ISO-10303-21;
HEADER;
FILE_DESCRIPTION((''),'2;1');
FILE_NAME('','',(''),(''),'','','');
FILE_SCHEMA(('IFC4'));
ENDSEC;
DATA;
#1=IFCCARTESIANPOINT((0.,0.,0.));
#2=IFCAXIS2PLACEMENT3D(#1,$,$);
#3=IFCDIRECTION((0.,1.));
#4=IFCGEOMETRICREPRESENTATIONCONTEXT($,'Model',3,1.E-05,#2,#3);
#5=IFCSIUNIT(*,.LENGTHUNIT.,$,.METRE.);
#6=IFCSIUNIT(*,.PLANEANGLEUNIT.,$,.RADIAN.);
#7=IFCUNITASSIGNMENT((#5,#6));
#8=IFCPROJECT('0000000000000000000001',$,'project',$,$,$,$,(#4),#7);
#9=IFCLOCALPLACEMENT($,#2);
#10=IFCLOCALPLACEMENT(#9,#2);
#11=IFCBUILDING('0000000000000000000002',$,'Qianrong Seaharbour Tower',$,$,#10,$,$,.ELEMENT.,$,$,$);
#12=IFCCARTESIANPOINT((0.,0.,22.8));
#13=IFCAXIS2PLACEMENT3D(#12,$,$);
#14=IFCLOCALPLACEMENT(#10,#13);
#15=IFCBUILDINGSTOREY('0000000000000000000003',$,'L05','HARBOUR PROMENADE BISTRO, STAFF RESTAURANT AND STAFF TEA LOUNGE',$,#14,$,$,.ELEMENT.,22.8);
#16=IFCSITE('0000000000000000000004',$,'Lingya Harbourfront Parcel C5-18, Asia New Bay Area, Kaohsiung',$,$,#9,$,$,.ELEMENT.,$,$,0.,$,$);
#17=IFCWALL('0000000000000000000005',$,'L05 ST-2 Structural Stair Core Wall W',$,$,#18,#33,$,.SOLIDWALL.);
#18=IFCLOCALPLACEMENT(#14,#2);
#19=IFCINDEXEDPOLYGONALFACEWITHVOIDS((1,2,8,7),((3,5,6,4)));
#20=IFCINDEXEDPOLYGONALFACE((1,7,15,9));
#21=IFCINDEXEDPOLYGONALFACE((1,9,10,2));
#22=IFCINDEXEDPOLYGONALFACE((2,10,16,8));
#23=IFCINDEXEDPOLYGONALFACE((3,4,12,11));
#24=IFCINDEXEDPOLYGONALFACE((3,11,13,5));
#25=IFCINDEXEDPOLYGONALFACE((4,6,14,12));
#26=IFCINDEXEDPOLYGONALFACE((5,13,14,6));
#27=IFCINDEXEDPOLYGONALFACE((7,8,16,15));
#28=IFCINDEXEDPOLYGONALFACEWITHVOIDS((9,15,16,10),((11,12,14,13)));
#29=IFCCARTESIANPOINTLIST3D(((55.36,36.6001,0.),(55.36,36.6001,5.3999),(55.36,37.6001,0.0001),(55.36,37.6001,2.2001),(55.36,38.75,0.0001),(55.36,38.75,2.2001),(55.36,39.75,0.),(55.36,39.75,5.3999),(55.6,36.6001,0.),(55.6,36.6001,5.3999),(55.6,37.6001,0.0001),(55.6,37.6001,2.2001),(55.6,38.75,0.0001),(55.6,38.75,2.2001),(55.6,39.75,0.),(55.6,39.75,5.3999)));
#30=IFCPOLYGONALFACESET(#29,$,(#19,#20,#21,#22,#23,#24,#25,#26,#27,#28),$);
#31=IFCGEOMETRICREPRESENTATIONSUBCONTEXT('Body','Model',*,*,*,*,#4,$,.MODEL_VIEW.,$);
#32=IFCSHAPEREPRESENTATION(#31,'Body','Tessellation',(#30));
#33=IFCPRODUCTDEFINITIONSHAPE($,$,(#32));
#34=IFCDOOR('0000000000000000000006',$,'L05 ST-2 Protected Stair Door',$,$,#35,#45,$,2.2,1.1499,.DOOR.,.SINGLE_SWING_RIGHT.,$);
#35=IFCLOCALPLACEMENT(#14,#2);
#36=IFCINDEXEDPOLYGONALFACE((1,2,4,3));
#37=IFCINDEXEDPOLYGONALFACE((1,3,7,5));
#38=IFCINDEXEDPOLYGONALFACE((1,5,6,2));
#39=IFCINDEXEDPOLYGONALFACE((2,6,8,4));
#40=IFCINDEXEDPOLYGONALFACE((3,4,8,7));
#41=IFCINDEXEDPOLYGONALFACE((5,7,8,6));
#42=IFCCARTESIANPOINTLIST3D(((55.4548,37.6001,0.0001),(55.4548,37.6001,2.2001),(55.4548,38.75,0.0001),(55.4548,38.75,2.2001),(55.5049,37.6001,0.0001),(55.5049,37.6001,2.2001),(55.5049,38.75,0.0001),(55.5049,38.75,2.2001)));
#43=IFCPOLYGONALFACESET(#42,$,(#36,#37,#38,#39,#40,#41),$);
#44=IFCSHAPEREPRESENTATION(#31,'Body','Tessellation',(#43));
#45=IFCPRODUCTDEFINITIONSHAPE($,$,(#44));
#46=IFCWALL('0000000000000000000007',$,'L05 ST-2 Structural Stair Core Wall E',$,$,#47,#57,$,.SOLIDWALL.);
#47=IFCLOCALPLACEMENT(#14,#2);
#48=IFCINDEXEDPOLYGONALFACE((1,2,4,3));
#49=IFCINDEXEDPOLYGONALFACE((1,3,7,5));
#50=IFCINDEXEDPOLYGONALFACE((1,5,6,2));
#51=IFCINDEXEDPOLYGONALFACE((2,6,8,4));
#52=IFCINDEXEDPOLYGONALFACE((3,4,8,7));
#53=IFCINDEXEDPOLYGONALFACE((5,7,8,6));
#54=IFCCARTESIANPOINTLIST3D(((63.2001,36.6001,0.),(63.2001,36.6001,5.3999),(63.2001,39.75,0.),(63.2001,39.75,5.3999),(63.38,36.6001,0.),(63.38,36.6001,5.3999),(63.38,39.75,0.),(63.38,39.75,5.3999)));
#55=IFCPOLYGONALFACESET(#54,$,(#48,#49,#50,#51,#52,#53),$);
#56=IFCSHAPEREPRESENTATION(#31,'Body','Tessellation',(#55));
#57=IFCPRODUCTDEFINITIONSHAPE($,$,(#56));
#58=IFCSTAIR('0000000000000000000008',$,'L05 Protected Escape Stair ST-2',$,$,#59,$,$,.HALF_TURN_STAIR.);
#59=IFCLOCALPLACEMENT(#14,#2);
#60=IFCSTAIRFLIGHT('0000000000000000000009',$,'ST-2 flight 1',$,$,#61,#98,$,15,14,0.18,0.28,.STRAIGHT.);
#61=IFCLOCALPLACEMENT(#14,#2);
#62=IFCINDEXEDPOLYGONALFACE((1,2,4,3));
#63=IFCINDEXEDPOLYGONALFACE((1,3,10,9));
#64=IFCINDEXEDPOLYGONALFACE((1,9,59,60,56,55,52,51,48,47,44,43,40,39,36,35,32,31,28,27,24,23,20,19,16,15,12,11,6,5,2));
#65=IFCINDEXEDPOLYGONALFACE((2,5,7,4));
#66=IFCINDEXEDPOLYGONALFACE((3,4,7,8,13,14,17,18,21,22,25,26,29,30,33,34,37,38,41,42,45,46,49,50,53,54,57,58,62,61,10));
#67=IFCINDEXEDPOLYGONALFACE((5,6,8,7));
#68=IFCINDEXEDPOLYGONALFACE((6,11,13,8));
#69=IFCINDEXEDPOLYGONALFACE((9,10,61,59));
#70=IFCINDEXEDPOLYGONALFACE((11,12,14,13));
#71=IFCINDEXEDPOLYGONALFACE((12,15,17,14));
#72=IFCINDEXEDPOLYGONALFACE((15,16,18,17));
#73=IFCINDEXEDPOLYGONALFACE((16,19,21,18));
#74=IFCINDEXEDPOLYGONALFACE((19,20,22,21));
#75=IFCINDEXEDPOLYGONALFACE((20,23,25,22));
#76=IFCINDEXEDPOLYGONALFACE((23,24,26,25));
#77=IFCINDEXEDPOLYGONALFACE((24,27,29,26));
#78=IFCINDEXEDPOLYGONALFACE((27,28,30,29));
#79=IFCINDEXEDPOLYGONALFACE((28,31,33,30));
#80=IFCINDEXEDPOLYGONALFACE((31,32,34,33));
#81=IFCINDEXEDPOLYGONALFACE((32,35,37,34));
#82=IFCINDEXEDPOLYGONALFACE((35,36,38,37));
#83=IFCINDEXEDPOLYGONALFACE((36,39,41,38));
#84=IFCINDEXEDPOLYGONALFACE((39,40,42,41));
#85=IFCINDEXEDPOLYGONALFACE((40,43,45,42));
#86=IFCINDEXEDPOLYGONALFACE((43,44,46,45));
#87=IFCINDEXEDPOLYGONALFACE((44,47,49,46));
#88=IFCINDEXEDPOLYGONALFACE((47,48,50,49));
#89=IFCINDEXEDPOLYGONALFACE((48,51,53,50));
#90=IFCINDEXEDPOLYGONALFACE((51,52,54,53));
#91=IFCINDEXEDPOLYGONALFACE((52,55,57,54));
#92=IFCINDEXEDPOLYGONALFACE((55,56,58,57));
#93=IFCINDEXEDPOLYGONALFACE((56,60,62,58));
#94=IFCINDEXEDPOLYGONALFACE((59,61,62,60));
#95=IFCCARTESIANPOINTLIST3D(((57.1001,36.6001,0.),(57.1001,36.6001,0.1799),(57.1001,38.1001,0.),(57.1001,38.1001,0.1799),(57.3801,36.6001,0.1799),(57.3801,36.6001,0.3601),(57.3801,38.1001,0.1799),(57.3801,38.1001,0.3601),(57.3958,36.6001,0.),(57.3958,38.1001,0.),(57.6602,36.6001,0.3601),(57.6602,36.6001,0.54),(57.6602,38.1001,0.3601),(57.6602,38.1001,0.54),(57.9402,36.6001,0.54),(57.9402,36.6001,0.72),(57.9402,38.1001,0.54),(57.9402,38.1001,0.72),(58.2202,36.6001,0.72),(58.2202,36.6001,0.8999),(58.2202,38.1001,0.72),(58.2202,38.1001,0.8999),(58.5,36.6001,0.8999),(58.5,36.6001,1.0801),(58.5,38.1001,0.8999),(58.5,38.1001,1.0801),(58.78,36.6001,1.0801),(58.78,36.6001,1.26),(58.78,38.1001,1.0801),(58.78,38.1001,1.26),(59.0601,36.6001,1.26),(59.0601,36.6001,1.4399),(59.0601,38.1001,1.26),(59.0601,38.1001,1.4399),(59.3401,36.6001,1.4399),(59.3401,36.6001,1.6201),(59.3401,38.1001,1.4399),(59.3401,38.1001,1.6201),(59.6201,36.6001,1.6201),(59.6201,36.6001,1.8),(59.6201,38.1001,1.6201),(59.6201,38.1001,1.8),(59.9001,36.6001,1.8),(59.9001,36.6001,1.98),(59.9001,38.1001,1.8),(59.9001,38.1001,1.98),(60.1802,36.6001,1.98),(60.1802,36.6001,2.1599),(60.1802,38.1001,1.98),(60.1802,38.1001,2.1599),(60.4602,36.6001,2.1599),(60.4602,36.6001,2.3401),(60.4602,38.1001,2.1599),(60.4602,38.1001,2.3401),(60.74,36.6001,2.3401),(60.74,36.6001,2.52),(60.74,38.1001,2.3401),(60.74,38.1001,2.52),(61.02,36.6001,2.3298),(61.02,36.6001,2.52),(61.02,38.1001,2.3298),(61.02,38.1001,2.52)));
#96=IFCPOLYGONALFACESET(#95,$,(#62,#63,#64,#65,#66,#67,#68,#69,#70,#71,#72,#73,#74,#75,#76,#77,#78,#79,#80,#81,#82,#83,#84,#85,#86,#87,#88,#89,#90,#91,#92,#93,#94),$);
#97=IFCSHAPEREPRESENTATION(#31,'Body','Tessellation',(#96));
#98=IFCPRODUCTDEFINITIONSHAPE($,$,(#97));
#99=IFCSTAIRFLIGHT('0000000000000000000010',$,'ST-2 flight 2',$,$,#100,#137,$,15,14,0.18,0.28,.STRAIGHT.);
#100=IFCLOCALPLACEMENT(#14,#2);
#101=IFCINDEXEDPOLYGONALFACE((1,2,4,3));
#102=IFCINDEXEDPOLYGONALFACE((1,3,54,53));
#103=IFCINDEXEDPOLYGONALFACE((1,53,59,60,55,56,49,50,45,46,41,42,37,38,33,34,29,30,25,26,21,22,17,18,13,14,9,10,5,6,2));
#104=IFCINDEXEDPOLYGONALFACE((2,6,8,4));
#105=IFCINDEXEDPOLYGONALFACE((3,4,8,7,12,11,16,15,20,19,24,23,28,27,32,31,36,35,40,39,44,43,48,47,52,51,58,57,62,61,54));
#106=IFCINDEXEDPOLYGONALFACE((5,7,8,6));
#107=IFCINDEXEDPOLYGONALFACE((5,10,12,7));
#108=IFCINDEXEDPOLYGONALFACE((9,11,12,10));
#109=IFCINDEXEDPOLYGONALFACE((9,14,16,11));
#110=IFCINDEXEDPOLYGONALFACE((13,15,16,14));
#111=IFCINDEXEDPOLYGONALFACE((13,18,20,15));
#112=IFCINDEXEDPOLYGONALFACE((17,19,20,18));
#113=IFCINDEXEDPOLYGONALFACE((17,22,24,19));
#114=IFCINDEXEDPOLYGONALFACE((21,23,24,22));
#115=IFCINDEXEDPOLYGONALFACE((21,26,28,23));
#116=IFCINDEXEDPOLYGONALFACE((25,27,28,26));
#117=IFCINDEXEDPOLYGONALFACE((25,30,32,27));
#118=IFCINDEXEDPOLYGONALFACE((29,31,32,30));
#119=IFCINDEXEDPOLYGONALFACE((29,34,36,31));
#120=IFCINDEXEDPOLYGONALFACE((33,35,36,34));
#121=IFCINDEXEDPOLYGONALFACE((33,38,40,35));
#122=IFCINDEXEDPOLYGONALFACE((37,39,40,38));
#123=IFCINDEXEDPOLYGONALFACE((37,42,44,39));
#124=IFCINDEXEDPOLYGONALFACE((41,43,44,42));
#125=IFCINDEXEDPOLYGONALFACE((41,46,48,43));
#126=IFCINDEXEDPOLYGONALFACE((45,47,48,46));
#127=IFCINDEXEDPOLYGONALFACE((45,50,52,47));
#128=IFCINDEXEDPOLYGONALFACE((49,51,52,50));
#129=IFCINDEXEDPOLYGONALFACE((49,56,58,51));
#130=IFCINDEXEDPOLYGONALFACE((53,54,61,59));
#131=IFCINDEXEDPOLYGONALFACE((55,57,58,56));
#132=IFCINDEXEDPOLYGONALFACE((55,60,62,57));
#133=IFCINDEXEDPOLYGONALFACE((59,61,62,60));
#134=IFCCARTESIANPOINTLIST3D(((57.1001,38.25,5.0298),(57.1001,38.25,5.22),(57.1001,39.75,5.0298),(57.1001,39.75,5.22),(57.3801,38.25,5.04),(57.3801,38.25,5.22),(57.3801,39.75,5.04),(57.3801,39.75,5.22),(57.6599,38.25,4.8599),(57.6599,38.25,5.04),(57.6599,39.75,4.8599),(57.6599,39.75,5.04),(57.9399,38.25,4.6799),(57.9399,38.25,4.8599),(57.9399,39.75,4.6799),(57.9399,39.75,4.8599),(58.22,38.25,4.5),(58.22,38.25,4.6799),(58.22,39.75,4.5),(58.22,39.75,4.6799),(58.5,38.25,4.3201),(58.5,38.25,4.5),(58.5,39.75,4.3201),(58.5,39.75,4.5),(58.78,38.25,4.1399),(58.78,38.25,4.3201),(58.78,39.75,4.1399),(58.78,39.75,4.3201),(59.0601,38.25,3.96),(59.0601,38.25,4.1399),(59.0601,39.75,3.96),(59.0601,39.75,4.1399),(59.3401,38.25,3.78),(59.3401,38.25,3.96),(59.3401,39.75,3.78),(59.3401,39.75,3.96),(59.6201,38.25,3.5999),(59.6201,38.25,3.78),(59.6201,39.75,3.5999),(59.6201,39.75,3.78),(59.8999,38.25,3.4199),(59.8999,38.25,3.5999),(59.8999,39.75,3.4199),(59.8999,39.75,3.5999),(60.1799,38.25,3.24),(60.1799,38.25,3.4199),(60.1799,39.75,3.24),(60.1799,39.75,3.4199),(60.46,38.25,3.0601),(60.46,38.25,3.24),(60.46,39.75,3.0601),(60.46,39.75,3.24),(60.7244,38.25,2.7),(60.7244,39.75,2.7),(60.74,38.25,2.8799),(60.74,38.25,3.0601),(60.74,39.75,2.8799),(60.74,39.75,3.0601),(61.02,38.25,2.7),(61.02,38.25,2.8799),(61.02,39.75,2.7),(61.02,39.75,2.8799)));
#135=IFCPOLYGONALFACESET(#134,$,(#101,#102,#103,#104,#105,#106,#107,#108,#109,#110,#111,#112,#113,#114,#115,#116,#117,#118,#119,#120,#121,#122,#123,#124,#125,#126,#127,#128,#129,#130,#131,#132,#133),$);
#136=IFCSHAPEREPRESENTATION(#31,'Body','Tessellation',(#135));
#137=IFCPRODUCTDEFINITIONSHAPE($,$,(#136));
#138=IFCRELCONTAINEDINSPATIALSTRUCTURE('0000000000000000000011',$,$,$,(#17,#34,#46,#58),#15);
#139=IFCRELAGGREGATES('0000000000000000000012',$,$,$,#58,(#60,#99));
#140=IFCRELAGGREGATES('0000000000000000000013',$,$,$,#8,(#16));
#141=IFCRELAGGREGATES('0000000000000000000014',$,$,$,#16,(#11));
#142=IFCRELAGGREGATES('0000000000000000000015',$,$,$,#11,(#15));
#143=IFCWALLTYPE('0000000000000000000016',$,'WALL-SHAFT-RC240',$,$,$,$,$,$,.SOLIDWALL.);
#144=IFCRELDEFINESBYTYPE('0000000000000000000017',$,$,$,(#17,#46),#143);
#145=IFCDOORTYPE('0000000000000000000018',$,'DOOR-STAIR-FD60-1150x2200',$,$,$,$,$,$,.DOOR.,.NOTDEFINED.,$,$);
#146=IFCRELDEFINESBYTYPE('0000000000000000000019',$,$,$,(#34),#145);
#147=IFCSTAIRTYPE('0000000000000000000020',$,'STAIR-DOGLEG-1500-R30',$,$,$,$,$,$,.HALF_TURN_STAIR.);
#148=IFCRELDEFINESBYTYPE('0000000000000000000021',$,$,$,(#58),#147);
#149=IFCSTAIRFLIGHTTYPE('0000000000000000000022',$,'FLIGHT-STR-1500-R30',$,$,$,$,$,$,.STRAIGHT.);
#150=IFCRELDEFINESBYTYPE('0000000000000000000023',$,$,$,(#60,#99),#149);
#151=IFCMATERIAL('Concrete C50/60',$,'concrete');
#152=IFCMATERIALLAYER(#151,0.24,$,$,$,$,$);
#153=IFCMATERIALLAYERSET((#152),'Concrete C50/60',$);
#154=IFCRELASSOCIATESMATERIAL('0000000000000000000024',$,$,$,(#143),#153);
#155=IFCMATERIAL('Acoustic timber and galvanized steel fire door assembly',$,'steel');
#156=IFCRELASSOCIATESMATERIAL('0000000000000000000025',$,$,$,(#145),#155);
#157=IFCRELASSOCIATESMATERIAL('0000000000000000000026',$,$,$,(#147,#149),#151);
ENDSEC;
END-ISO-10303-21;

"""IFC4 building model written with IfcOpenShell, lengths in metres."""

from ifc_helpers import new_model, si_unit, direction, frame, frame_2d, origin, place, context, subcontext, project, spatial, polyline, rectangle, outline, extrude, material, layer, layer_set, type_object, element, fill, aggregate, save


model = new_model("IFC4")

# Units and contexts
model_context = context("Model", 3, precision=1e-05, world=origin(), true_north=direction((0.0, 1.0)))
body_context = subcontext(model_context, "Body", "Model", "MODEL_VIEW")
ifc_project = project(units=[si_unit("LENGTHUNIT", "METRE"), si_unit("PLANEANGLEUNIT", "RADIAN")], contexts=[model_context])

# Site, building, storey
site_placement = place(None, origin())
site = spatial("IfcSite", under=ifc_project, at=site_placement, Name="Lingya Harbourfront Parcel C5-18, Asia New Bay Area, Kaohsiung", CompositionType="ELEMENT", RefElevation=0.0)
building_placement = place(site_placement, origin())
building = spatial("IfcBuilding", under=site, at=building_placement, Name="Qianrong Seaharbour Tower", CompositionType="ELEMENT")
storey_placement = place(building_placement, frame((0.0, 0.0, 22.8)))
storey = spatial("IfcBuildingStorey", under=building, at=storey_placement, Name="L05", Description="HARBOUR PROMENADE BISTRO, STAFF RESTAURANT AND STAFF TEA LOUNGE", CompositionType="ELEMENT", Elevation=22.8)

# Shared definitions
ifc_material_1 = material(Name="Concrete C50/60", Category="concrete")
ifc_layer_1 = layer(ifc_material_1, 0.24)
ifc_layer_set_1 = layer_set([ifc_layer_1], Name="Concrete C50/60")
wall_type_1 = type_object("IfcWallType", Name="WALL-SHAFT-RC240", PredefinedType="SOLIDWALL", material=ifc_layer_set_1)

# Wall, opening, door
wall_1_placement = place(storey_placement, frame((55.48, 39.75, 0.0), z_axis=(0.0, 0.0, 1.0), x_axis=(0.0, -1.0, 0.0)))
wall_1 = element("IfcWall", 1, at=wall_1_placement, inside=storey, type_object=wall_type_1, Name="L05 ST-2 Structural Stair Core Wall W", PredefinedType="SOLIDWALL", context=body_context, shape_type="SweptSolid", body=[
    extrude(rectangle(XDim=3.1499, YDim=0.24, at=frame_2d((1.575, 0.0))), origin(), (0.0, 0.0, 1.0), 5.3999),
])
opening_placement = place(wall_1_placement, frame((1.0, 0.0, 0.0)))
opening = element("IfcOpeningElement", 2, at=opening_placement, cuts=wall_1, PredefinedType="OPENING", context=body_context, shape_type="SweptSolid", body=[
    extrude(rectangle(XDim=1.1499, YDim=2.2, at=frame_2d((0.575, 1.1001))), frame((0.0, 0.1299, 0.0), z_axis=(0.0, -1.0, 0.0), x_axis=(1.0, 0.0, 0.0)), (0.0, 0.0, 1.0), 0.26),
])
ifc_material_2 = material(Name="Acoustic timber and galvanized steel fire door assembly", Category="steel")
door_type = type_object("IfcDoorType", Name="DOOR-STAIR-FD60-1150x2200", OperationType="NOTDEFINED", PredefinedType="DOOR", material=ifc_material_2)
door_placement = place(opening_placement, origin())
door = element("IfcDoor", 3, at=door_placement, inside=storey, type_object=door_type, Name="L05 ST-2 Protected Stair Door", OperationType="SINGLE_SWING_RIGHT", OverallHeight=2.2, OverallWidth=1.1499, PredefinedType="DOOR", context=body_context, shape_type="SweptSolid", body=[
    extrude(rectangle(XDim=1.1499, YDim=2.2, at=frame_2d((0.575, 1.1001))), frame((0.0, 0.0249, 0.0), z_axis=(0.0, -1.0, 0.0), x_axis=(1.0, 0.0, 0.0)), (0.0, 0.0, 1.0), 0.05),
])
fill(opening, door)

# Wall
wall_2_placement = place(storey_placement, frame((63.29, 36.6001, 0.0), z_axis=(0.0, 0.0, 1.0), x_axis=(0.0, 1.0, 0.0)))
element("IfcWall", 4, at=wall_2_placement, inside=storey, type_object=wall_type_1, Name="L05 ST-2 Structural Stair Core Wall E", PredefinedType="SOLIDWALL", context=body_context, shape_type="SweptSolid", body=[
    extrude(rectangle(XDim=3.1499, YDim=0.1799, at=frame_2d((1.575, 0.0))), origin(), (0.0, 0.0, 1.0), 5.3999),
])

# Stair, stair flights
stair_type = type_object("IfcStairType", Name="STAIR-DOGLEG-1500-R30", PredefinedType="HALF_TURN_STAIR", material=ifc_material_1)
stair_placement = place(storey_placement, origin())
stair = element("IfcStair", 5, at=stair_placement, inside=storey, type_object=stair_type, Name="L05 Protected Escape Stair ST-2", PredefinedType="HALF_TURN_STAIR")
stair_flight_type = type_object("IfcStairFlightType", Name="FLIGHT-STR-1500-R30", PredefinedType="STRAIGHT", material=ifc_material_1)
stair_flight_1_placement = place(storey_placement, frame((57.1001, 37.3501, 0.0), z_axis=(0.0, 0.0, 1.0), x_axis=(1.0, 0.0, 0.0)))
stair_flight_1 = element("IfcStairFlight", 6, at=stair_flight_1_placement, type_object=stair_flight_type, Name="ST-2 flight 1", NumberOfRisers=15, NumberOfTreads=14, PredefinedType="STRAIGHT", RiserHeight=0.18, TreadLength=0.28, context=body_context, shape_type="SweptSolid", body=[
    extrude(outline(polyline([(0.0, 0.0), (0.0, 0.1799), (0.28, 0.1799), (0.28, 0.3601), (0.5601, 0.3601), (0.5601, 0.54), (0.8401, 0.54), (0.8401, 0.72), (1.1201, 0.72), (1.1201, 0.8999), (1.3999, 0.8999), (1.3999, 1.0801), (1.6799, 1.0801), (1.6799, 1.26), (1.96, 1.26), (1.96, 1.4399), (2.24, 1.4399), (2.24, 1.6201), (2.52, 1.6201), (2.52, 1.8), (2.8, 1.8), (2.8, 1.98), (3.0801, 1.98), (3.0801, 2.1599), (3.3601, 2.1599), (3.3601, 2.3401), (3.6399, 2.3401), (3.6399, 2.52), (3.9199, 2.52), (3.9199, 2.7), (3.9199, 2.3298), (0.2957, 0.0), (0.0, 0.0)])), frame((0.0, 0.75, 0.0), z_axis=(0.0, -1.0, 0.0), x_axis=(1.0, 0.0, 0.0)), (0.0, 0.0, 1.0), 1.5),
])
stair_flight_2_placement = place(storey_placement, frame((61.02, 39.0, 2.7), z_axis=(0.0, 0.0, 1.0), x_axis=(-1.0, 0.0, 0.0)))
stair_flight_2 = element("IfcStairFlight", 7, at=stair_flight_2_placement, type_object=stair_flight_type, Name="ST-2 flight 2", NumberOfRisers=15, NumberOfTreads=14, PredefinedType="STRAIGHT", RiserHeight=0.18, TreadLength=0.28, context=body_context, shape_type="SweptSolid", body=[
    extrude(outline(polyline([(0.0, 0.0), (0.0, 0.1799), (0.28, 0.1799), (0.28, 0.3601), (0.5601, 0.3601), (0.5601, 0.54), (0.8401, 0.54), (0.8401, 0.72), (1.1201, 0.72), (1.1201, 0.8999), (1.3999, 0.8999), (1.3999, 1.0801), (1.6799, 1.0801), (1.6799, 1.26), (1.96, 1.26), (1.96, 1.4399), (2.24, 1.4399), (2.24, 1.6201), (2.52, 1.6201), (2.52, 1.8), (2.8, 1.8), (2.8, 1.98), (3.0801, 1.98), (3.0801, 2.1599), (3.3601, 2.1599), (3.3601, 2.3401), (3.6399, 2.3401), (3.6399, 2.52), (3.9199, 2.52), (3.9199, 2.7), (3.9199, 2.3298), (0.2957, 0.0), (0.0, 0.0)])), frame((0.0, 0.75, 0.0), z_axis=(0.0, -1.0, 0.0), x_axis=(1.0, 0.0, 0.0)), (0.0, 0.0, 1.0), 1.5),
])
aggregate(stair, [stair_flight_1, stair_flight_2])

save(model, "model.ifc")
